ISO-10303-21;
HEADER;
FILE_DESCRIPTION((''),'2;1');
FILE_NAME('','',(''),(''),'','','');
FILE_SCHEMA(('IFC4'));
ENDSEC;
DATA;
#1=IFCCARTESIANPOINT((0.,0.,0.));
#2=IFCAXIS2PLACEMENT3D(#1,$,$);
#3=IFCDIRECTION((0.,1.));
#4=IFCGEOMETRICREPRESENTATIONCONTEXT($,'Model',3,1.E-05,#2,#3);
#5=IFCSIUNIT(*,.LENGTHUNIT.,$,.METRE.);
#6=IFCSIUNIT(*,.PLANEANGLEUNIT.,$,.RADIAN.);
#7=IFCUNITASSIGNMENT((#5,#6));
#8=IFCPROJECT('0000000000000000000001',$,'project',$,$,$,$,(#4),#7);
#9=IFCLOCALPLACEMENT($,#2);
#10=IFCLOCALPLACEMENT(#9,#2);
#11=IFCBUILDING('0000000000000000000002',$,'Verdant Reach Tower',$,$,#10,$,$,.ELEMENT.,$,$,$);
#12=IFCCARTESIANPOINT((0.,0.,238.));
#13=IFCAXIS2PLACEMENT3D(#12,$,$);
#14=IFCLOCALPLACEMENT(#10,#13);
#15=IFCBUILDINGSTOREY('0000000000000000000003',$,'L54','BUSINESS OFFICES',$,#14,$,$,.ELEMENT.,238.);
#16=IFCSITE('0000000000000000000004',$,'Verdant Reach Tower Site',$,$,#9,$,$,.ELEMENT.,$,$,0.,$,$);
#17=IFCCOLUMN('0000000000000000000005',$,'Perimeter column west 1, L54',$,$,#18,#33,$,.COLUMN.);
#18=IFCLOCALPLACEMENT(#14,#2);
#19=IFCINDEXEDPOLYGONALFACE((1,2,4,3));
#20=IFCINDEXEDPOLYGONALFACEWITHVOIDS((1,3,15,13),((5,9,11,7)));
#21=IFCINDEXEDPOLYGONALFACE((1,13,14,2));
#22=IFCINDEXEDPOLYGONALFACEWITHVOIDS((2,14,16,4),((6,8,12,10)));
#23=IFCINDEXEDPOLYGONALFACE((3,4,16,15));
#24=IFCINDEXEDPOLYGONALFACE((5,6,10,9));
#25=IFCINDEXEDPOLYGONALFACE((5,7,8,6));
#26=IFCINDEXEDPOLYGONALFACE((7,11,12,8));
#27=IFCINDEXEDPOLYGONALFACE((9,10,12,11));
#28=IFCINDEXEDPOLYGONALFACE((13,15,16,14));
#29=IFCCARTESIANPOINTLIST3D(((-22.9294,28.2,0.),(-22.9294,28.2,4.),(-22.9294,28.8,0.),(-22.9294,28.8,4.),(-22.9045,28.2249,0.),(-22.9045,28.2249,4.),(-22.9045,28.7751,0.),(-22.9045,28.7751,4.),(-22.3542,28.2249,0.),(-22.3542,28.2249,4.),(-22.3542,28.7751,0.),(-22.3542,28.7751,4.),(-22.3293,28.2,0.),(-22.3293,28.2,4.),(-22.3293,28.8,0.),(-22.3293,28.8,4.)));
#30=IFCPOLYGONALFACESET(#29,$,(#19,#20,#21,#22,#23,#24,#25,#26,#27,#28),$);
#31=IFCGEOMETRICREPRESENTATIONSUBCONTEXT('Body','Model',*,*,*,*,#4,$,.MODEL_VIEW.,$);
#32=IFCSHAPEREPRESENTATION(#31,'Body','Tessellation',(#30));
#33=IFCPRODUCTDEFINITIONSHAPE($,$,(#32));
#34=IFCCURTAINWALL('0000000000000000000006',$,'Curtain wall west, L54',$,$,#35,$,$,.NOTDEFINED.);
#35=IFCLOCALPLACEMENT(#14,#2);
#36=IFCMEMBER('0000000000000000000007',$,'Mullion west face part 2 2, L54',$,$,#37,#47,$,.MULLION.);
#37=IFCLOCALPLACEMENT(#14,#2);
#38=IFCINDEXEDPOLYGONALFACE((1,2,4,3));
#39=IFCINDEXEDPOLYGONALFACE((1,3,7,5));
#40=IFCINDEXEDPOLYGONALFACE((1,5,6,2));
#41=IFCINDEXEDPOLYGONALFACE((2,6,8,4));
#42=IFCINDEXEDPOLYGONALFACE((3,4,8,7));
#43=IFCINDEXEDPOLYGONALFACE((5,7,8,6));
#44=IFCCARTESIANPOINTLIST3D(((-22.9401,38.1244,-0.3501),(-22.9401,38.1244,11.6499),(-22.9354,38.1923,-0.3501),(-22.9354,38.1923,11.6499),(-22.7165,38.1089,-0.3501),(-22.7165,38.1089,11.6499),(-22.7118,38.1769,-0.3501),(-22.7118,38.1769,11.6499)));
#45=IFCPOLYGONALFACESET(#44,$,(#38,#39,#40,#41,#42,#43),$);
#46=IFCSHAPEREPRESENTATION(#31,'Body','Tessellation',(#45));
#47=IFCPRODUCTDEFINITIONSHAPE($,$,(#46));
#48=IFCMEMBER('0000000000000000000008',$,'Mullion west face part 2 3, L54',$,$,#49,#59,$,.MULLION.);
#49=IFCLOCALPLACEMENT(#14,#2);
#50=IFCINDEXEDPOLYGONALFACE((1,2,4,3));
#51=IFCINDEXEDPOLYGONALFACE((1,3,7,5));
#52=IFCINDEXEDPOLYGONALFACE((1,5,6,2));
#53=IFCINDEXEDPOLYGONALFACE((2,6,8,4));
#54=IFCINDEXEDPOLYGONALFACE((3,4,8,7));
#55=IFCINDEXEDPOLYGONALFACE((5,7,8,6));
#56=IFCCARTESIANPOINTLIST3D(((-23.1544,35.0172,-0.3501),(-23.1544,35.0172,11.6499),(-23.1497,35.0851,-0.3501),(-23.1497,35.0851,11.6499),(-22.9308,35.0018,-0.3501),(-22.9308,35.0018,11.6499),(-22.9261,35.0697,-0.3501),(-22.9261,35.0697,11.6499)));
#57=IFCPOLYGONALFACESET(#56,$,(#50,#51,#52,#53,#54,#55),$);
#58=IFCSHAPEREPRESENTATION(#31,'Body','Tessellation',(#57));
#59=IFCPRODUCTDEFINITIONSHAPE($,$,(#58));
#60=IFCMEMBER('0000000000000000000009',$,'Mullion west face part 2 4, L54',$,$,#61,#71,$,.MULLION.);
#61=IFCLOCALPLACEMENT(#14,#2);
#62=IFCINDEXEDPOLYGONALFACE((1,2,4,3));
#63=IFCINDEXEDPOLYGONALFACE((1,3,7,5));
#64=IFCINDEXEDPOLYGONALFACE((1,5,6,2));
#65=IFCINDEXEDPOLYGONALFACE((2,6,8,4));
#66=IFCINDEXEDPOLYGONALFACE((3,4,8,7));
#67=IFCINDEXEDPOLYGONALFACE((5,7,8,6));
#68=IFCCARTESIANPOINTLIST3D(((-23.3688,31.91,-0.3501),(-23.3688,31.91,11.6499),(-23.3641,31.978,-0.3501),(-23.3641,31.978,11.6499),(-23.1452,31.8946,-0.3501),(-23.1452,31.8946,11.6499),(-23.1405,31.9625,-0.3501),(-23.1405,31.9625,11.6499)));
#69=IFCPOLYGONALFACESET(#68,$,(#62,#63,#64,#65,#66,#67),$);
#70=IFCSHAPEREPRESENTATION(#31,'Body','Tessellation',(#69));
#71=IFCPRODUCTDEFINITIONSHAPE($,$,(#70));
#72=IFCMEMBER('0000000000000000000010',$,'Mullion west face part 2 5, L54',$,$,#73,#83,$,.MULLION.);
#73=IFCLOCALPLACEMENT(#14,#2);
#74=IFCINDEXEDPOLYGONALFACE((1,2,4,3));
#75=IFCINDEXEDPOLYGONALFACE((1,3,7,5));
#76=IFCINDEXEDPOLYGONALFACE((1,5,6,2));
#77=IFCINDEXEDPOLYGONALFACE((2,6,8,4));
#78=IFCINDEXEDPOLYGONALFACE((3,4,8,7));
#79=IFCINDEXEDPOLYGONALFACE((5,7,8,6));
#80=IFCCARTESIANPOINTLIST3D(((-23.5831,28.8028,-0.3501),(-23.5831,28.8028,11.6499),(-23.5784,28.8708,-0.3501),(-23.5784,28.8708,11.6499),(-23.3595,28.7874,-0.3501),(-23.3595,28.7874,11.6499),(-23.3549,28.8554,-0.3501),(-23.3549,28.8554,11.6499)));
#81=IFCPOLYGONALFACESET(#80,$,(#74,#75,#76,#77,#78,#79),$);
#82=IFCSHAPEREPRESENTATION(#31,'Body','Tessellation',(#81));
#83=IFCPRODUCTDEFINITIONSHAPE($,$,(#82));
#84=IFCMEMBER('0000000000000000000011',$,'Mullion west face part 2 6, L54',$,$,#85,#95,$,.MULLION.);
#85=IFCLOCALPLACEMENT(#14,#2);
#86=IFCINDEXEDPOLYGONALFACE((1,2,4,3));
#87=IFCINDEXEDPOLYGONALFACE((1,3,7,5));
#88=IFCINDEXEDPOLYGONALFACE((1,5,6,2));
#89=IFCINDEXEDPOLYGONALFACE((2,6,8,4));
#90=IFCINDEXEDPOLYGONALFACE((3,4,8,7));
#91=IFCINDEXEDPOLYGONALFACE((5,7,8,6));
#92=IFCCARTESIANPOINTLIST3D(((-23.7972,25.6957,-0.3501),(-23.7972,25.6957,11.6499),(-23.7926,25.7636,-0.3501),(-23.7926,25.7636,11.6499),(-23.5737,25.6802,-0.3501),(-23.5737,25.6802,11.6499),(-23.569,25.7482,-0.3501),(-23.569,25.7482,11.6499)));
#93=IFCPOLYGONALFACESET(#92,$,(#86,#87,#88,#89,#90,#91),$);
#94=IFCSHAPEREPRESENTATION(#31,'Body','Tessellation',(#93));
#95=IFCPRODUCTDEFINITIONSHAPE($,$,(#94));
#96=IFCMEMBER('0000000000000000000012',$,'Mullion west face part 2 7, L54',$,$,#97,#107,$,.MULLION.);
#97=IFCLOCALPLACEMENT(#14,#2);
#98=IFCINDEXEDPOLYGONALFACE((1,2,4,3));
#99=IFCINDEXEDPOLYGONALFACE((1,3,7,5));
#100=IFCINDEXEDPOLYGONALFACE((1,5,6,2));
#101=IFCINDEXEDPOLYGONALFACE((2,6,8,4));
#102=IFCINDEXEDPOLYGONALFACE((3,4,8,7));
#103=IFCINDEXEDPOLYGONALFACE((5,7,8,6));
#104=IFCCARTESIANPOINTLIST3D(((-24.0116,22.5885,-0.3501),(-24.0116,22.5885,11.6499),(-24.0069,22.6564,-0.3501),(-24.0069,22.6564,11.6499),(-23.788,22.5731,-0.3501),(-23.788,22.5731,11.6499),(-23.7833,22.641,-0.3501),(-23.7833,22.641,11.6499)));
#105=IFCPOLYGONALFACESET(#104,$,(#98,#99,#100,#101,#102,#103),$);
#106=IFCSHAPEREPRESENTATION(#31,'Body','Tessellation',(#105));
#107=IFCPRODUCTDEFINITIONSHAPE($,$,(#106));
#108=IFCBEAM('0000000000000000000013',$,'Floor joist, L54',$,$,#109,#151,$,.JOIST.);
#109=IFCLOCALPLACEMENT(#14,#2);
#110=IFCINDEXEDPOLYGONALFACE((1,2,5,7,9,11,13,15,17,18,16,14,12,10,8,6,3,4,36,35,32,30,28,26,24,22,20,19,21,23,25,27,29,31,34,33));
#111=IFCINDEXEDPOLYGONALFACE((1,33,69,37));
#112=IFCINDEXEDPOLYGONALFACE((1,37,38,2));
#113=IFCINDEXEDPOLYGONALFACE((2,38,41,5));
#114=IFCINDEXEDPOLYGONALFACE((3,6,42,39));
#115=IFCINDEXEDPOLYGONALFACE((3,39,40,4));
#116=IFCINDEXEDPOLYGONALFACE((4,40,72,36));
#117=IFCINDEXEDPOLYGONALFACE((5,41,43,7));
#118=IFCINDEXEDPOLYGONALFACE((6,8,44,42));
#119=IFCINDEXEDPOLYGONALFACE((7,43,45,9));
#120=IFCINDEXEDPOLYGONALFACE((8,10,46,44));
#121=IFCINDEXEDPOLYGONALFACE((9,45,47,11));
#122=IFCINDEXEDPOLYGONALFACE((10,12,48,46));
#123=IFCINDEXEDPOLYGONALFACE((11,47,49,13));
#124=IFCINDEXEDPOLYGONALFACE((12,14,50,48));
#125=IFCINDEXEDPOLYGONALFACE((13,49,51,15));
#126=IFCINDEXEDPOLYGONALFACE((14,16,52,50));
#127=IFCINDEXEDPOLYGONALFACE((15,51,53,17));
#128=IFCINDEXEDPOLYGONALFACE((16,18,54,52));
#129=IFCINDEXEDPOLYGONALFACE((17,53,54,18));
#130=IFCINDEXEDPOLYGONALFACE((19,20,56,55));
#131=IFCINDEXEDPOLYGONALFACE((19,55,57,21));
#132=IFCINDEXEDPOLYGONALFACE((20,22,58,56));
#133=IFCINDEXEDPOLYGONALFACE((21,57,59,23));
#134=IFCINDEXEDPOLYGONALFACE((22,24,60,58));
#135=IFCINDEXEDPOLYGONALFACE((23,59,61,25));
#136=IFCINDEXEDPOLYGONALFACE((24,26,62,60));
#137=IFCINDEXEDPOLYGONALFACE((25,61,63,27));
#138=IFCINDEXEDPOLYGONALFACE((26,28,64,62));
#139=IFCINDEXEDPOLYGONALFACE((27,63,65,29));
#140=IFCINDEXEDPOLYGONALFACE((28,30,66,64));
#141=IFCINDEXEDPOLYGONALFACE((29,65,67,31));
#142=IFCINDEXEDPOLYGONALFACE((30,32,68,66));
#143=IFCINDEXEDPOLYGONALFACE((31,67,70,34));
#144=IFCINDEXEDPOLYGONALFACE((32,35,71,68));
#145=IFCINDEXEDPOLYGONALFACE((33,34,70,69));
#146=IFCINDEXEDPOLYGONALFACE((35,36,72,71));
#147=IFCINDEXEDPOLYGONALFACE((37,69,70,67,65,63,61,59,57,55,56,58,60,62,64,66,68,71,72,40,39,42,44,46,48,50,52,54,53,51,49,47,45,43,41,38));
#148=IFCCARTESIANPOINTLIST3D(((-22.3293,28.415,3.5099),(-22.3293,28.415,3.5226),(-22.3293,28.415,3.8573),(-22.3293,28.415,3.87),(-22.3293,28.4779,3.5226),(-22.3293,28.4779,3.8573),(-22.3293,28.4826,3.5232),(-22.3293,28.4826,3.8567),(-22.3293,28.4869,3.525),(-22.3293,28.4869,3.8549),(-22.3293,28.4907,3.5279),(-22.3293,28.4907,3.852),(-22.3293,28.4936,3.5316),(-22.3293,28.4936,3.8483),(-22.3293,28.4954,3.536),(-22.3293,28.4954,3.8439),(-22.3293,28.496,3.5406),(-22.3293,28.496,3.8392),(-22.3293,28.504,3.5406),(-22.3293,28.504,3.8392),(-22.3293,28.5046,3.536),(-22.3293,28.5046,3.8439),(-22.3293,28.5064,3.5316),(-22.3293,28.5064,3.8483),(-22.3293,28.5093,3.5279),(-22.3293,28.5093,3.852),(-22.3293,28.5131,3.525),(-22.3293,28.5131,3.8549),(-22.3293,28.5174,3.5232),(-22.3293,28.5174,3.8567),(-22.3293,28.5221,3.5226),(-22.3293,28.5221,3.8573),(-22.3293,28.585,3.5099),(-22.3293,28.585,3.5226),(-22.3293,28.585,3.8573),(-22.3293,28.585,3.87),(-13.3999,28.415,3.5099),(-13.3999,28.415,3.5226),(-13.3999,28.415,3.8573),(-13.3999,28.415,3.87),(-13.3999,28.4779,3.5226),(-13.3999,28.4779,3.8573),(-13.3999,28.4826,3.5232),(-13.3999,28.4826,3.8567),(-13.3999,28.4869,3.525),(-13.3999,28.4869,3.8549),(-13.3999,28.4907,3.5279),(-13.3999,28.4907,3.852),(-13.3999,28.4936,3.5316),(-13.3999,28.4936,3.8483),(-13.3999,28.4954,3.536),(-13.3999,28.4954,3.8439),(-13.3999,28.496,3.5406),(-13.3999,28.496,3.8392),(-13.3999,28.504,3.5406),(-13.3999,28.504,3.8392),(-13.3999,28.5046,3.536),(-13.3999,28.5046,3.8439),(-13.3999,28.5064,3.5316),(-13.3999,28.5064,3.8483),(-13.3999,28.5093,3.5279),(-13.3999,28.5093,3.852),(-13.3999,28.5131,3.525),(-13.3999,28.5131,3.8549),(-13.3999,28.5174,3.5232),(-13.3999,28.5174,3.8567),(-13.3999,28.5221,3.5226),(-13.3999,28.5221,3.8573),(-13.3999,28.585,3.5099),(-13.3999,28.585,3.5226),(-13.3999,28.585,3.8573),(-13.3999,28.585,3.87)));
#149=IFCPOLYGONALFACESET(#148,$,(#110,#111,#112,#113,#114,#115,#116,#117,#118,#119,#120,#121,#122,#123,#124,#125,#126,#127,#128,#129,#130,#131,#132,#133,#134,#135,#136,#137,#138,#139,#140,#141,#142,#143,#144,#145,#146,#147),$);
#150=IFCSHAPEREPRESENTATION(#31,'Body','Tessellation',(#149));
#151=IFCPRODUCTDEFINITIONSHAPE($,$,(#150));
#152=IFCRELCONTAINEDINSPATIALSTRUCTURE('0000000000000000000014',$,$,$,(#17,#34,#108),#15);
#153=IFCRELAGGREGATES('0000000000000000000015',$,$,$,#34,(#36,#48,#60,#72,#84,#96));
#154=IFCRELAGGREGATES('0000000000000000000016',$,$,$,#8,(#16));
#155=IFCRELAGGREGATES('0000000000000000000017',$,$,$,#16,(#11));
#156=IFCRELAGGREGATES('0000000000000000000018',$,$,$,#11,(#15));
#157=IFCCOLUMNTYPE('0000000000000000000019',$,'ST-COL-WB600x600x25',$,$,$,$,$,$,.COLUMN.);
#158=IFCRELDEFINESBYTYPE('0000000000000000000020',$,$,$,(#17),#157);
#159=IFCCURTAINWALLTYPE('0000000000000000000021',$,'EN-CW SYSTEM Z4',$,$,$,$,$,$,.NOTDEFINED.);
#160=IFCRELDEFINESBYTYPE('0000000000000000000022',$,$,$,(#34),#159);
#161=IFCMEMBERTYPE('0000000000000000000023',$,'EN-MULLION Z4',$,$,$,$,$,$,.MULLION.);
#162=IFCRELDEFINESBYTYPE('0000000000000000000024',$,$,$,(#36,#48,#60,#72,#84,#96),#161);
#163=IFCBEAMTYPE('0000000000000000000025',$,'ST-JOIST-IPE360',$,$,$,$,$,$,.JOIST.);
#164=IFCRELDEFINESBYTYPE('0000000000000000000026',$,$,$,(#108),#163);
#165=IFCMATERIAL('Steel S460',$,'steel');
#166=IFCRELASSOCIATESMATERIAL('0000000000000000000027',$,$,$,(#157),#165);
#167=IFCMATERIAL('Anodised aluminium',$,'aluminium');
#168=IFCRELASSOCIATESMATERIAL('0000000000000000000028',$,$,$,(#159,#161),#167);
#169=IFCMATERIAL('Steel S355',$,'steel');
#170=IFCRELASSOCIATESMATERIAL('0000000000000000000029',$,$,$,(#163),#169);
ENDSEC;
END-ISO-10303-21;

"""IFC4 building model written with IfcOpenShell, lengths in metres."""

from ifc_helpers import new_model, si_unit, direction, frame, origin, origin_2d, place, context, subcontext, project, spatial, rectangle, hollow_rectangle, i_section, extrude, material, material_profile, profile_set, type_object, element, aggregate, save


model = new_model("IFC4")

# Units and contexts
model_context = context("Model", 3, precision=1e-05, world=origin(), true_north=direction((0.0, 1.0)))
body_context = subcontext(model_context, "Body", "Model", "MODEL_VIEW")
ifc_project = project(units=[si_unit("LENGTHUNIT", "METRE"), si_unit("PLANEANGLEUNIT", "RADIAN")], contexts=[model_context])

# Site, building, storey
site_placement = place(None, origin())
site = spatial("IfcSite", under=ifc_project, at=site_placement, Name="Verdant Reach Tower Site", CompositionType="ELEMENT", RefElevation=0.0)
building_placement = place(site_placement, origin())
building = spatial("IfcBuilding", under=site, at=building_placement, Name="Verdant Reach Tower", CompositionType="ELEMENT")
storey_placement = place(building_placement, frame((0.0, 0.0, 238.0)))
storey = spatial("IfcBuildingStorey", under=building, at=storey_placement, Name="L54", Description="BUSINESS OFFICES", CompositionType="ELEMENT", Elevation=238.0)

# Column
ifc_material_1 = material(Name="Steel S460", Category="steel")
ifc_material_profile_1 = material_profile(ifc_material_1, hollow_rectangle(XDim=0.6001, YDim=0.6001, WallThickness=0.0249, at=origin_2d()), Name="WB 600x600x25")
ifc_profile_set_1 = profile_set([ifc_material_profile_1], Name="Steel S460")
column_type = type_object("IfcColumnType", Name="ST-COL-WB600x600x25", PredefinedType="COLUMN", material=ifc_profile_set_1)
column_placement = place(storey_placement, frame((-22.6294, 28.5, 0.0), z_axis=(0.0, 0.0, 1.0), x_axis=(1.0, 0.0, 0.0)))
element("IfcColumn", 1, at=column_placement, inside=storey, type_object=column_type, Name="Perimeter column west 1, L54", PredefinedType="COLUMN", context=body_context, shape_type="SweptSolid", body=[
    extrude(hollow_rectangle(XDim=0.6001, YDim=0.6001, WallThickness=0.0249, at=origin_2d()), origin(), (0.0, 0.0, 1.0), 4.0),
])

# Curtain wall, members
ifc_material_2 = material(Name="Anodised aluminium", Category="aluminium")
curtain_wall_type = type_object("IfcCurtainWallType", Name="EN-CW SYSTEM Z4", PredefinedType="NOTDEFINED", material=ifc_material_2)
curtain_wall_placement = place(storey_placement, origin())
curtain_wall = element("IfcCurtainWall", 2, at=curtain_wall_placement, inside=storey, type_object=curtain_wall_type, Name="Curtain wall west, L54", PredefinedType="NOTDEFINED")
ifc_material_profile_2 = material_profile(ifc_material_2, rectangle(XDim=0.2241, YDim=0.0681, at=origin_2d()), Name="Mullion 68x224")
ifc_profile_set_2 = profile_set([ifc_material_profile_2], Name="Anodised aluminium")
member_type = type_object("IfcMemberType", Name="EN-MULLION Z4", PredefinedType="MULLION", material=ifc_profile_set_2)
member_1_placement = place(storey_placement, frame((-22.8259, 38.1506, -0.3501), z_axis=(0.0, 0.0, 1.0), x_axis=(-0.99763, 0.068802, 0.0)))
member_1 = element("IfcMember", 3, at=member_1_placement, type_object=member_type, Name="Mullion west face part 2 2, L54", PredefinedType="MULLION", context=body_context, shape_type="SweptSolid", body=[
    extrude(rectangle(XDim=0.2241, YDim=0.0681, at=origin_2d()), origin(), (0.0, 0.0, 1.0), 12.0),
])
member_2_placement = place(storey_placement, frame((-23.0403, 35.0435, -0.3501), z_axis=(0.0, 0.0, 1.0), x_axis=(-0.99763, 0.068802, 0.0)))
member_2 = element("IfcMember", 4, at=member_2_placement, type_object=member_type, Name="Mullion west face part 2 3, L54", PredefinedType="MULLION", context=body_context, shape_type="SweptSolid", body=[
    extrude(rectangle(XDim=0.2241, YDim=0.0681, at=origin_2d()), origin(), (0.0, 0.0, 1.0), 12.0),
])
member_3_placement = place(storey_placement, frame((-23.2546, 31.9363, -0.3501), z_axis=(0.0, 0.0, 1.0), x_axis=(-0.99763, 0.068802, 0.0)))
member_3 = element("IfcMember", 5, at=member_3_placement, type_object=member_type, Name="Mullion west face part 2 4, L54", PredefinedType="MULLION", context=body_context, shape_type="SweptSolid", body=[
    extrude(rectangle(XDim=0.2241, YDim=0.0681, at=origin_2d()), origin(), (0.0, 0.0, 1.0), 12.0),
])
member_4_placement = place(storey_placement, frame((-23.469, 28.8291, -0.3501), z_axis=(0.0, 0.0, 1.0), x_axis=(-0.99763, 0.068802, 0.0)))
member_4 = element("IfcMember", 6, at=member_4_placement, type_object=member_type, Name="Mullion west face part 2 5, L54", PredefinedType="MULLION", context=body_context, shape_type="SweptSolid", body=[
    extrude(rectangle(XDim=0.2241, YDim=0.0681, at=origin_2d()), origin(), (0.0, 0.0, 1.0), 12.0),
])
member_5_placement = place(storey_placement, frame((-23.6831, 25.7219, -0.3501), z_axis=(0.0, 0.0, 1.0), x_axis=(-0.99763, 0.068802, 0.0)))
member_5 = element("IfcMember", 7, at=member_5_placement, type_object=member_type, Name="Mullion west face part 2 6, L54", PredefinedType="MULLION", context=body_context, shape_type="SweptSolid", body=[
    extrude(rectangle(XDim=0.2241, YDim=0.0681, at=origin_2d()), origin(), (0.0, 0.0, 1.0), 12.0),
])
member_6_placement = place(storey_placement, frame((-23.8975, 22.6147, -0.3501), z_axis=(0.0, 0.0, 1.0), x_axis=(-0.99763, 0.068802, 0.0)))
member_6 = element("IfcMember", 8, at=member_6_placement, type_object=member_type, Name="Mullion west face part 2 7, L54", PredefinedType="MULLION", context=body_context, shape_type="SweptSolid", body=[
    extrude(rectangle(XDim=0.2241, YDim=0.0681, at=origin_2d()), origin(), (0.0, 0.0, 1.0), 12.0),
])

# Beam
ifc_material_3 = material(Name="Steel S355", Category="steel")
ifc_material_profile_3 = material_profile(ifc_material_3, i_section(OverallWidth=0.1699, OverallDepth=0.3601, WebThickness=0.0081, FlangeThickness=0.0127, FilletRadius=0.0181, at=origin_2d()), Name="IPE 360")
ifc_profile_set_3 = profile_set([ifc_material_profile_3], Name="Steel S355")
beam_type_1 = type_object("IfcBeamType", Name="ST-JOIST-IPE360", PredefinedType="JOIST", material=ifc_profile_set_3)
beam_1_placement = place(storey_placement, frame((-13.3999, 28.5, 3.6899), z_axis=(-1.0, 0.0, 0.0), x_axis=(0.0, -1.0, 0.0)))
element("IfcBeam", 9, at=beam_1_placement, inside=storey, type_object=beam_type_1, Name="Floor joist, L54", PredefinedType="JOIST", context=body_context, shape_type="SweptSolid", body=[
    extrude(i_section(OverallWidth=0.1699, OverallDepth=0.3601, WebThickness=0.0081, FlangeThickness=0.0127, FilletRadius=0.0181, at=origin_2d()), origin(), (0.0, 0.0, 1.0), 8.9294),
])

aggregate(curtain_wall, [member_1, member_2, member_3, member_4, member_5, member_6])

save(model, "model.ifc")
